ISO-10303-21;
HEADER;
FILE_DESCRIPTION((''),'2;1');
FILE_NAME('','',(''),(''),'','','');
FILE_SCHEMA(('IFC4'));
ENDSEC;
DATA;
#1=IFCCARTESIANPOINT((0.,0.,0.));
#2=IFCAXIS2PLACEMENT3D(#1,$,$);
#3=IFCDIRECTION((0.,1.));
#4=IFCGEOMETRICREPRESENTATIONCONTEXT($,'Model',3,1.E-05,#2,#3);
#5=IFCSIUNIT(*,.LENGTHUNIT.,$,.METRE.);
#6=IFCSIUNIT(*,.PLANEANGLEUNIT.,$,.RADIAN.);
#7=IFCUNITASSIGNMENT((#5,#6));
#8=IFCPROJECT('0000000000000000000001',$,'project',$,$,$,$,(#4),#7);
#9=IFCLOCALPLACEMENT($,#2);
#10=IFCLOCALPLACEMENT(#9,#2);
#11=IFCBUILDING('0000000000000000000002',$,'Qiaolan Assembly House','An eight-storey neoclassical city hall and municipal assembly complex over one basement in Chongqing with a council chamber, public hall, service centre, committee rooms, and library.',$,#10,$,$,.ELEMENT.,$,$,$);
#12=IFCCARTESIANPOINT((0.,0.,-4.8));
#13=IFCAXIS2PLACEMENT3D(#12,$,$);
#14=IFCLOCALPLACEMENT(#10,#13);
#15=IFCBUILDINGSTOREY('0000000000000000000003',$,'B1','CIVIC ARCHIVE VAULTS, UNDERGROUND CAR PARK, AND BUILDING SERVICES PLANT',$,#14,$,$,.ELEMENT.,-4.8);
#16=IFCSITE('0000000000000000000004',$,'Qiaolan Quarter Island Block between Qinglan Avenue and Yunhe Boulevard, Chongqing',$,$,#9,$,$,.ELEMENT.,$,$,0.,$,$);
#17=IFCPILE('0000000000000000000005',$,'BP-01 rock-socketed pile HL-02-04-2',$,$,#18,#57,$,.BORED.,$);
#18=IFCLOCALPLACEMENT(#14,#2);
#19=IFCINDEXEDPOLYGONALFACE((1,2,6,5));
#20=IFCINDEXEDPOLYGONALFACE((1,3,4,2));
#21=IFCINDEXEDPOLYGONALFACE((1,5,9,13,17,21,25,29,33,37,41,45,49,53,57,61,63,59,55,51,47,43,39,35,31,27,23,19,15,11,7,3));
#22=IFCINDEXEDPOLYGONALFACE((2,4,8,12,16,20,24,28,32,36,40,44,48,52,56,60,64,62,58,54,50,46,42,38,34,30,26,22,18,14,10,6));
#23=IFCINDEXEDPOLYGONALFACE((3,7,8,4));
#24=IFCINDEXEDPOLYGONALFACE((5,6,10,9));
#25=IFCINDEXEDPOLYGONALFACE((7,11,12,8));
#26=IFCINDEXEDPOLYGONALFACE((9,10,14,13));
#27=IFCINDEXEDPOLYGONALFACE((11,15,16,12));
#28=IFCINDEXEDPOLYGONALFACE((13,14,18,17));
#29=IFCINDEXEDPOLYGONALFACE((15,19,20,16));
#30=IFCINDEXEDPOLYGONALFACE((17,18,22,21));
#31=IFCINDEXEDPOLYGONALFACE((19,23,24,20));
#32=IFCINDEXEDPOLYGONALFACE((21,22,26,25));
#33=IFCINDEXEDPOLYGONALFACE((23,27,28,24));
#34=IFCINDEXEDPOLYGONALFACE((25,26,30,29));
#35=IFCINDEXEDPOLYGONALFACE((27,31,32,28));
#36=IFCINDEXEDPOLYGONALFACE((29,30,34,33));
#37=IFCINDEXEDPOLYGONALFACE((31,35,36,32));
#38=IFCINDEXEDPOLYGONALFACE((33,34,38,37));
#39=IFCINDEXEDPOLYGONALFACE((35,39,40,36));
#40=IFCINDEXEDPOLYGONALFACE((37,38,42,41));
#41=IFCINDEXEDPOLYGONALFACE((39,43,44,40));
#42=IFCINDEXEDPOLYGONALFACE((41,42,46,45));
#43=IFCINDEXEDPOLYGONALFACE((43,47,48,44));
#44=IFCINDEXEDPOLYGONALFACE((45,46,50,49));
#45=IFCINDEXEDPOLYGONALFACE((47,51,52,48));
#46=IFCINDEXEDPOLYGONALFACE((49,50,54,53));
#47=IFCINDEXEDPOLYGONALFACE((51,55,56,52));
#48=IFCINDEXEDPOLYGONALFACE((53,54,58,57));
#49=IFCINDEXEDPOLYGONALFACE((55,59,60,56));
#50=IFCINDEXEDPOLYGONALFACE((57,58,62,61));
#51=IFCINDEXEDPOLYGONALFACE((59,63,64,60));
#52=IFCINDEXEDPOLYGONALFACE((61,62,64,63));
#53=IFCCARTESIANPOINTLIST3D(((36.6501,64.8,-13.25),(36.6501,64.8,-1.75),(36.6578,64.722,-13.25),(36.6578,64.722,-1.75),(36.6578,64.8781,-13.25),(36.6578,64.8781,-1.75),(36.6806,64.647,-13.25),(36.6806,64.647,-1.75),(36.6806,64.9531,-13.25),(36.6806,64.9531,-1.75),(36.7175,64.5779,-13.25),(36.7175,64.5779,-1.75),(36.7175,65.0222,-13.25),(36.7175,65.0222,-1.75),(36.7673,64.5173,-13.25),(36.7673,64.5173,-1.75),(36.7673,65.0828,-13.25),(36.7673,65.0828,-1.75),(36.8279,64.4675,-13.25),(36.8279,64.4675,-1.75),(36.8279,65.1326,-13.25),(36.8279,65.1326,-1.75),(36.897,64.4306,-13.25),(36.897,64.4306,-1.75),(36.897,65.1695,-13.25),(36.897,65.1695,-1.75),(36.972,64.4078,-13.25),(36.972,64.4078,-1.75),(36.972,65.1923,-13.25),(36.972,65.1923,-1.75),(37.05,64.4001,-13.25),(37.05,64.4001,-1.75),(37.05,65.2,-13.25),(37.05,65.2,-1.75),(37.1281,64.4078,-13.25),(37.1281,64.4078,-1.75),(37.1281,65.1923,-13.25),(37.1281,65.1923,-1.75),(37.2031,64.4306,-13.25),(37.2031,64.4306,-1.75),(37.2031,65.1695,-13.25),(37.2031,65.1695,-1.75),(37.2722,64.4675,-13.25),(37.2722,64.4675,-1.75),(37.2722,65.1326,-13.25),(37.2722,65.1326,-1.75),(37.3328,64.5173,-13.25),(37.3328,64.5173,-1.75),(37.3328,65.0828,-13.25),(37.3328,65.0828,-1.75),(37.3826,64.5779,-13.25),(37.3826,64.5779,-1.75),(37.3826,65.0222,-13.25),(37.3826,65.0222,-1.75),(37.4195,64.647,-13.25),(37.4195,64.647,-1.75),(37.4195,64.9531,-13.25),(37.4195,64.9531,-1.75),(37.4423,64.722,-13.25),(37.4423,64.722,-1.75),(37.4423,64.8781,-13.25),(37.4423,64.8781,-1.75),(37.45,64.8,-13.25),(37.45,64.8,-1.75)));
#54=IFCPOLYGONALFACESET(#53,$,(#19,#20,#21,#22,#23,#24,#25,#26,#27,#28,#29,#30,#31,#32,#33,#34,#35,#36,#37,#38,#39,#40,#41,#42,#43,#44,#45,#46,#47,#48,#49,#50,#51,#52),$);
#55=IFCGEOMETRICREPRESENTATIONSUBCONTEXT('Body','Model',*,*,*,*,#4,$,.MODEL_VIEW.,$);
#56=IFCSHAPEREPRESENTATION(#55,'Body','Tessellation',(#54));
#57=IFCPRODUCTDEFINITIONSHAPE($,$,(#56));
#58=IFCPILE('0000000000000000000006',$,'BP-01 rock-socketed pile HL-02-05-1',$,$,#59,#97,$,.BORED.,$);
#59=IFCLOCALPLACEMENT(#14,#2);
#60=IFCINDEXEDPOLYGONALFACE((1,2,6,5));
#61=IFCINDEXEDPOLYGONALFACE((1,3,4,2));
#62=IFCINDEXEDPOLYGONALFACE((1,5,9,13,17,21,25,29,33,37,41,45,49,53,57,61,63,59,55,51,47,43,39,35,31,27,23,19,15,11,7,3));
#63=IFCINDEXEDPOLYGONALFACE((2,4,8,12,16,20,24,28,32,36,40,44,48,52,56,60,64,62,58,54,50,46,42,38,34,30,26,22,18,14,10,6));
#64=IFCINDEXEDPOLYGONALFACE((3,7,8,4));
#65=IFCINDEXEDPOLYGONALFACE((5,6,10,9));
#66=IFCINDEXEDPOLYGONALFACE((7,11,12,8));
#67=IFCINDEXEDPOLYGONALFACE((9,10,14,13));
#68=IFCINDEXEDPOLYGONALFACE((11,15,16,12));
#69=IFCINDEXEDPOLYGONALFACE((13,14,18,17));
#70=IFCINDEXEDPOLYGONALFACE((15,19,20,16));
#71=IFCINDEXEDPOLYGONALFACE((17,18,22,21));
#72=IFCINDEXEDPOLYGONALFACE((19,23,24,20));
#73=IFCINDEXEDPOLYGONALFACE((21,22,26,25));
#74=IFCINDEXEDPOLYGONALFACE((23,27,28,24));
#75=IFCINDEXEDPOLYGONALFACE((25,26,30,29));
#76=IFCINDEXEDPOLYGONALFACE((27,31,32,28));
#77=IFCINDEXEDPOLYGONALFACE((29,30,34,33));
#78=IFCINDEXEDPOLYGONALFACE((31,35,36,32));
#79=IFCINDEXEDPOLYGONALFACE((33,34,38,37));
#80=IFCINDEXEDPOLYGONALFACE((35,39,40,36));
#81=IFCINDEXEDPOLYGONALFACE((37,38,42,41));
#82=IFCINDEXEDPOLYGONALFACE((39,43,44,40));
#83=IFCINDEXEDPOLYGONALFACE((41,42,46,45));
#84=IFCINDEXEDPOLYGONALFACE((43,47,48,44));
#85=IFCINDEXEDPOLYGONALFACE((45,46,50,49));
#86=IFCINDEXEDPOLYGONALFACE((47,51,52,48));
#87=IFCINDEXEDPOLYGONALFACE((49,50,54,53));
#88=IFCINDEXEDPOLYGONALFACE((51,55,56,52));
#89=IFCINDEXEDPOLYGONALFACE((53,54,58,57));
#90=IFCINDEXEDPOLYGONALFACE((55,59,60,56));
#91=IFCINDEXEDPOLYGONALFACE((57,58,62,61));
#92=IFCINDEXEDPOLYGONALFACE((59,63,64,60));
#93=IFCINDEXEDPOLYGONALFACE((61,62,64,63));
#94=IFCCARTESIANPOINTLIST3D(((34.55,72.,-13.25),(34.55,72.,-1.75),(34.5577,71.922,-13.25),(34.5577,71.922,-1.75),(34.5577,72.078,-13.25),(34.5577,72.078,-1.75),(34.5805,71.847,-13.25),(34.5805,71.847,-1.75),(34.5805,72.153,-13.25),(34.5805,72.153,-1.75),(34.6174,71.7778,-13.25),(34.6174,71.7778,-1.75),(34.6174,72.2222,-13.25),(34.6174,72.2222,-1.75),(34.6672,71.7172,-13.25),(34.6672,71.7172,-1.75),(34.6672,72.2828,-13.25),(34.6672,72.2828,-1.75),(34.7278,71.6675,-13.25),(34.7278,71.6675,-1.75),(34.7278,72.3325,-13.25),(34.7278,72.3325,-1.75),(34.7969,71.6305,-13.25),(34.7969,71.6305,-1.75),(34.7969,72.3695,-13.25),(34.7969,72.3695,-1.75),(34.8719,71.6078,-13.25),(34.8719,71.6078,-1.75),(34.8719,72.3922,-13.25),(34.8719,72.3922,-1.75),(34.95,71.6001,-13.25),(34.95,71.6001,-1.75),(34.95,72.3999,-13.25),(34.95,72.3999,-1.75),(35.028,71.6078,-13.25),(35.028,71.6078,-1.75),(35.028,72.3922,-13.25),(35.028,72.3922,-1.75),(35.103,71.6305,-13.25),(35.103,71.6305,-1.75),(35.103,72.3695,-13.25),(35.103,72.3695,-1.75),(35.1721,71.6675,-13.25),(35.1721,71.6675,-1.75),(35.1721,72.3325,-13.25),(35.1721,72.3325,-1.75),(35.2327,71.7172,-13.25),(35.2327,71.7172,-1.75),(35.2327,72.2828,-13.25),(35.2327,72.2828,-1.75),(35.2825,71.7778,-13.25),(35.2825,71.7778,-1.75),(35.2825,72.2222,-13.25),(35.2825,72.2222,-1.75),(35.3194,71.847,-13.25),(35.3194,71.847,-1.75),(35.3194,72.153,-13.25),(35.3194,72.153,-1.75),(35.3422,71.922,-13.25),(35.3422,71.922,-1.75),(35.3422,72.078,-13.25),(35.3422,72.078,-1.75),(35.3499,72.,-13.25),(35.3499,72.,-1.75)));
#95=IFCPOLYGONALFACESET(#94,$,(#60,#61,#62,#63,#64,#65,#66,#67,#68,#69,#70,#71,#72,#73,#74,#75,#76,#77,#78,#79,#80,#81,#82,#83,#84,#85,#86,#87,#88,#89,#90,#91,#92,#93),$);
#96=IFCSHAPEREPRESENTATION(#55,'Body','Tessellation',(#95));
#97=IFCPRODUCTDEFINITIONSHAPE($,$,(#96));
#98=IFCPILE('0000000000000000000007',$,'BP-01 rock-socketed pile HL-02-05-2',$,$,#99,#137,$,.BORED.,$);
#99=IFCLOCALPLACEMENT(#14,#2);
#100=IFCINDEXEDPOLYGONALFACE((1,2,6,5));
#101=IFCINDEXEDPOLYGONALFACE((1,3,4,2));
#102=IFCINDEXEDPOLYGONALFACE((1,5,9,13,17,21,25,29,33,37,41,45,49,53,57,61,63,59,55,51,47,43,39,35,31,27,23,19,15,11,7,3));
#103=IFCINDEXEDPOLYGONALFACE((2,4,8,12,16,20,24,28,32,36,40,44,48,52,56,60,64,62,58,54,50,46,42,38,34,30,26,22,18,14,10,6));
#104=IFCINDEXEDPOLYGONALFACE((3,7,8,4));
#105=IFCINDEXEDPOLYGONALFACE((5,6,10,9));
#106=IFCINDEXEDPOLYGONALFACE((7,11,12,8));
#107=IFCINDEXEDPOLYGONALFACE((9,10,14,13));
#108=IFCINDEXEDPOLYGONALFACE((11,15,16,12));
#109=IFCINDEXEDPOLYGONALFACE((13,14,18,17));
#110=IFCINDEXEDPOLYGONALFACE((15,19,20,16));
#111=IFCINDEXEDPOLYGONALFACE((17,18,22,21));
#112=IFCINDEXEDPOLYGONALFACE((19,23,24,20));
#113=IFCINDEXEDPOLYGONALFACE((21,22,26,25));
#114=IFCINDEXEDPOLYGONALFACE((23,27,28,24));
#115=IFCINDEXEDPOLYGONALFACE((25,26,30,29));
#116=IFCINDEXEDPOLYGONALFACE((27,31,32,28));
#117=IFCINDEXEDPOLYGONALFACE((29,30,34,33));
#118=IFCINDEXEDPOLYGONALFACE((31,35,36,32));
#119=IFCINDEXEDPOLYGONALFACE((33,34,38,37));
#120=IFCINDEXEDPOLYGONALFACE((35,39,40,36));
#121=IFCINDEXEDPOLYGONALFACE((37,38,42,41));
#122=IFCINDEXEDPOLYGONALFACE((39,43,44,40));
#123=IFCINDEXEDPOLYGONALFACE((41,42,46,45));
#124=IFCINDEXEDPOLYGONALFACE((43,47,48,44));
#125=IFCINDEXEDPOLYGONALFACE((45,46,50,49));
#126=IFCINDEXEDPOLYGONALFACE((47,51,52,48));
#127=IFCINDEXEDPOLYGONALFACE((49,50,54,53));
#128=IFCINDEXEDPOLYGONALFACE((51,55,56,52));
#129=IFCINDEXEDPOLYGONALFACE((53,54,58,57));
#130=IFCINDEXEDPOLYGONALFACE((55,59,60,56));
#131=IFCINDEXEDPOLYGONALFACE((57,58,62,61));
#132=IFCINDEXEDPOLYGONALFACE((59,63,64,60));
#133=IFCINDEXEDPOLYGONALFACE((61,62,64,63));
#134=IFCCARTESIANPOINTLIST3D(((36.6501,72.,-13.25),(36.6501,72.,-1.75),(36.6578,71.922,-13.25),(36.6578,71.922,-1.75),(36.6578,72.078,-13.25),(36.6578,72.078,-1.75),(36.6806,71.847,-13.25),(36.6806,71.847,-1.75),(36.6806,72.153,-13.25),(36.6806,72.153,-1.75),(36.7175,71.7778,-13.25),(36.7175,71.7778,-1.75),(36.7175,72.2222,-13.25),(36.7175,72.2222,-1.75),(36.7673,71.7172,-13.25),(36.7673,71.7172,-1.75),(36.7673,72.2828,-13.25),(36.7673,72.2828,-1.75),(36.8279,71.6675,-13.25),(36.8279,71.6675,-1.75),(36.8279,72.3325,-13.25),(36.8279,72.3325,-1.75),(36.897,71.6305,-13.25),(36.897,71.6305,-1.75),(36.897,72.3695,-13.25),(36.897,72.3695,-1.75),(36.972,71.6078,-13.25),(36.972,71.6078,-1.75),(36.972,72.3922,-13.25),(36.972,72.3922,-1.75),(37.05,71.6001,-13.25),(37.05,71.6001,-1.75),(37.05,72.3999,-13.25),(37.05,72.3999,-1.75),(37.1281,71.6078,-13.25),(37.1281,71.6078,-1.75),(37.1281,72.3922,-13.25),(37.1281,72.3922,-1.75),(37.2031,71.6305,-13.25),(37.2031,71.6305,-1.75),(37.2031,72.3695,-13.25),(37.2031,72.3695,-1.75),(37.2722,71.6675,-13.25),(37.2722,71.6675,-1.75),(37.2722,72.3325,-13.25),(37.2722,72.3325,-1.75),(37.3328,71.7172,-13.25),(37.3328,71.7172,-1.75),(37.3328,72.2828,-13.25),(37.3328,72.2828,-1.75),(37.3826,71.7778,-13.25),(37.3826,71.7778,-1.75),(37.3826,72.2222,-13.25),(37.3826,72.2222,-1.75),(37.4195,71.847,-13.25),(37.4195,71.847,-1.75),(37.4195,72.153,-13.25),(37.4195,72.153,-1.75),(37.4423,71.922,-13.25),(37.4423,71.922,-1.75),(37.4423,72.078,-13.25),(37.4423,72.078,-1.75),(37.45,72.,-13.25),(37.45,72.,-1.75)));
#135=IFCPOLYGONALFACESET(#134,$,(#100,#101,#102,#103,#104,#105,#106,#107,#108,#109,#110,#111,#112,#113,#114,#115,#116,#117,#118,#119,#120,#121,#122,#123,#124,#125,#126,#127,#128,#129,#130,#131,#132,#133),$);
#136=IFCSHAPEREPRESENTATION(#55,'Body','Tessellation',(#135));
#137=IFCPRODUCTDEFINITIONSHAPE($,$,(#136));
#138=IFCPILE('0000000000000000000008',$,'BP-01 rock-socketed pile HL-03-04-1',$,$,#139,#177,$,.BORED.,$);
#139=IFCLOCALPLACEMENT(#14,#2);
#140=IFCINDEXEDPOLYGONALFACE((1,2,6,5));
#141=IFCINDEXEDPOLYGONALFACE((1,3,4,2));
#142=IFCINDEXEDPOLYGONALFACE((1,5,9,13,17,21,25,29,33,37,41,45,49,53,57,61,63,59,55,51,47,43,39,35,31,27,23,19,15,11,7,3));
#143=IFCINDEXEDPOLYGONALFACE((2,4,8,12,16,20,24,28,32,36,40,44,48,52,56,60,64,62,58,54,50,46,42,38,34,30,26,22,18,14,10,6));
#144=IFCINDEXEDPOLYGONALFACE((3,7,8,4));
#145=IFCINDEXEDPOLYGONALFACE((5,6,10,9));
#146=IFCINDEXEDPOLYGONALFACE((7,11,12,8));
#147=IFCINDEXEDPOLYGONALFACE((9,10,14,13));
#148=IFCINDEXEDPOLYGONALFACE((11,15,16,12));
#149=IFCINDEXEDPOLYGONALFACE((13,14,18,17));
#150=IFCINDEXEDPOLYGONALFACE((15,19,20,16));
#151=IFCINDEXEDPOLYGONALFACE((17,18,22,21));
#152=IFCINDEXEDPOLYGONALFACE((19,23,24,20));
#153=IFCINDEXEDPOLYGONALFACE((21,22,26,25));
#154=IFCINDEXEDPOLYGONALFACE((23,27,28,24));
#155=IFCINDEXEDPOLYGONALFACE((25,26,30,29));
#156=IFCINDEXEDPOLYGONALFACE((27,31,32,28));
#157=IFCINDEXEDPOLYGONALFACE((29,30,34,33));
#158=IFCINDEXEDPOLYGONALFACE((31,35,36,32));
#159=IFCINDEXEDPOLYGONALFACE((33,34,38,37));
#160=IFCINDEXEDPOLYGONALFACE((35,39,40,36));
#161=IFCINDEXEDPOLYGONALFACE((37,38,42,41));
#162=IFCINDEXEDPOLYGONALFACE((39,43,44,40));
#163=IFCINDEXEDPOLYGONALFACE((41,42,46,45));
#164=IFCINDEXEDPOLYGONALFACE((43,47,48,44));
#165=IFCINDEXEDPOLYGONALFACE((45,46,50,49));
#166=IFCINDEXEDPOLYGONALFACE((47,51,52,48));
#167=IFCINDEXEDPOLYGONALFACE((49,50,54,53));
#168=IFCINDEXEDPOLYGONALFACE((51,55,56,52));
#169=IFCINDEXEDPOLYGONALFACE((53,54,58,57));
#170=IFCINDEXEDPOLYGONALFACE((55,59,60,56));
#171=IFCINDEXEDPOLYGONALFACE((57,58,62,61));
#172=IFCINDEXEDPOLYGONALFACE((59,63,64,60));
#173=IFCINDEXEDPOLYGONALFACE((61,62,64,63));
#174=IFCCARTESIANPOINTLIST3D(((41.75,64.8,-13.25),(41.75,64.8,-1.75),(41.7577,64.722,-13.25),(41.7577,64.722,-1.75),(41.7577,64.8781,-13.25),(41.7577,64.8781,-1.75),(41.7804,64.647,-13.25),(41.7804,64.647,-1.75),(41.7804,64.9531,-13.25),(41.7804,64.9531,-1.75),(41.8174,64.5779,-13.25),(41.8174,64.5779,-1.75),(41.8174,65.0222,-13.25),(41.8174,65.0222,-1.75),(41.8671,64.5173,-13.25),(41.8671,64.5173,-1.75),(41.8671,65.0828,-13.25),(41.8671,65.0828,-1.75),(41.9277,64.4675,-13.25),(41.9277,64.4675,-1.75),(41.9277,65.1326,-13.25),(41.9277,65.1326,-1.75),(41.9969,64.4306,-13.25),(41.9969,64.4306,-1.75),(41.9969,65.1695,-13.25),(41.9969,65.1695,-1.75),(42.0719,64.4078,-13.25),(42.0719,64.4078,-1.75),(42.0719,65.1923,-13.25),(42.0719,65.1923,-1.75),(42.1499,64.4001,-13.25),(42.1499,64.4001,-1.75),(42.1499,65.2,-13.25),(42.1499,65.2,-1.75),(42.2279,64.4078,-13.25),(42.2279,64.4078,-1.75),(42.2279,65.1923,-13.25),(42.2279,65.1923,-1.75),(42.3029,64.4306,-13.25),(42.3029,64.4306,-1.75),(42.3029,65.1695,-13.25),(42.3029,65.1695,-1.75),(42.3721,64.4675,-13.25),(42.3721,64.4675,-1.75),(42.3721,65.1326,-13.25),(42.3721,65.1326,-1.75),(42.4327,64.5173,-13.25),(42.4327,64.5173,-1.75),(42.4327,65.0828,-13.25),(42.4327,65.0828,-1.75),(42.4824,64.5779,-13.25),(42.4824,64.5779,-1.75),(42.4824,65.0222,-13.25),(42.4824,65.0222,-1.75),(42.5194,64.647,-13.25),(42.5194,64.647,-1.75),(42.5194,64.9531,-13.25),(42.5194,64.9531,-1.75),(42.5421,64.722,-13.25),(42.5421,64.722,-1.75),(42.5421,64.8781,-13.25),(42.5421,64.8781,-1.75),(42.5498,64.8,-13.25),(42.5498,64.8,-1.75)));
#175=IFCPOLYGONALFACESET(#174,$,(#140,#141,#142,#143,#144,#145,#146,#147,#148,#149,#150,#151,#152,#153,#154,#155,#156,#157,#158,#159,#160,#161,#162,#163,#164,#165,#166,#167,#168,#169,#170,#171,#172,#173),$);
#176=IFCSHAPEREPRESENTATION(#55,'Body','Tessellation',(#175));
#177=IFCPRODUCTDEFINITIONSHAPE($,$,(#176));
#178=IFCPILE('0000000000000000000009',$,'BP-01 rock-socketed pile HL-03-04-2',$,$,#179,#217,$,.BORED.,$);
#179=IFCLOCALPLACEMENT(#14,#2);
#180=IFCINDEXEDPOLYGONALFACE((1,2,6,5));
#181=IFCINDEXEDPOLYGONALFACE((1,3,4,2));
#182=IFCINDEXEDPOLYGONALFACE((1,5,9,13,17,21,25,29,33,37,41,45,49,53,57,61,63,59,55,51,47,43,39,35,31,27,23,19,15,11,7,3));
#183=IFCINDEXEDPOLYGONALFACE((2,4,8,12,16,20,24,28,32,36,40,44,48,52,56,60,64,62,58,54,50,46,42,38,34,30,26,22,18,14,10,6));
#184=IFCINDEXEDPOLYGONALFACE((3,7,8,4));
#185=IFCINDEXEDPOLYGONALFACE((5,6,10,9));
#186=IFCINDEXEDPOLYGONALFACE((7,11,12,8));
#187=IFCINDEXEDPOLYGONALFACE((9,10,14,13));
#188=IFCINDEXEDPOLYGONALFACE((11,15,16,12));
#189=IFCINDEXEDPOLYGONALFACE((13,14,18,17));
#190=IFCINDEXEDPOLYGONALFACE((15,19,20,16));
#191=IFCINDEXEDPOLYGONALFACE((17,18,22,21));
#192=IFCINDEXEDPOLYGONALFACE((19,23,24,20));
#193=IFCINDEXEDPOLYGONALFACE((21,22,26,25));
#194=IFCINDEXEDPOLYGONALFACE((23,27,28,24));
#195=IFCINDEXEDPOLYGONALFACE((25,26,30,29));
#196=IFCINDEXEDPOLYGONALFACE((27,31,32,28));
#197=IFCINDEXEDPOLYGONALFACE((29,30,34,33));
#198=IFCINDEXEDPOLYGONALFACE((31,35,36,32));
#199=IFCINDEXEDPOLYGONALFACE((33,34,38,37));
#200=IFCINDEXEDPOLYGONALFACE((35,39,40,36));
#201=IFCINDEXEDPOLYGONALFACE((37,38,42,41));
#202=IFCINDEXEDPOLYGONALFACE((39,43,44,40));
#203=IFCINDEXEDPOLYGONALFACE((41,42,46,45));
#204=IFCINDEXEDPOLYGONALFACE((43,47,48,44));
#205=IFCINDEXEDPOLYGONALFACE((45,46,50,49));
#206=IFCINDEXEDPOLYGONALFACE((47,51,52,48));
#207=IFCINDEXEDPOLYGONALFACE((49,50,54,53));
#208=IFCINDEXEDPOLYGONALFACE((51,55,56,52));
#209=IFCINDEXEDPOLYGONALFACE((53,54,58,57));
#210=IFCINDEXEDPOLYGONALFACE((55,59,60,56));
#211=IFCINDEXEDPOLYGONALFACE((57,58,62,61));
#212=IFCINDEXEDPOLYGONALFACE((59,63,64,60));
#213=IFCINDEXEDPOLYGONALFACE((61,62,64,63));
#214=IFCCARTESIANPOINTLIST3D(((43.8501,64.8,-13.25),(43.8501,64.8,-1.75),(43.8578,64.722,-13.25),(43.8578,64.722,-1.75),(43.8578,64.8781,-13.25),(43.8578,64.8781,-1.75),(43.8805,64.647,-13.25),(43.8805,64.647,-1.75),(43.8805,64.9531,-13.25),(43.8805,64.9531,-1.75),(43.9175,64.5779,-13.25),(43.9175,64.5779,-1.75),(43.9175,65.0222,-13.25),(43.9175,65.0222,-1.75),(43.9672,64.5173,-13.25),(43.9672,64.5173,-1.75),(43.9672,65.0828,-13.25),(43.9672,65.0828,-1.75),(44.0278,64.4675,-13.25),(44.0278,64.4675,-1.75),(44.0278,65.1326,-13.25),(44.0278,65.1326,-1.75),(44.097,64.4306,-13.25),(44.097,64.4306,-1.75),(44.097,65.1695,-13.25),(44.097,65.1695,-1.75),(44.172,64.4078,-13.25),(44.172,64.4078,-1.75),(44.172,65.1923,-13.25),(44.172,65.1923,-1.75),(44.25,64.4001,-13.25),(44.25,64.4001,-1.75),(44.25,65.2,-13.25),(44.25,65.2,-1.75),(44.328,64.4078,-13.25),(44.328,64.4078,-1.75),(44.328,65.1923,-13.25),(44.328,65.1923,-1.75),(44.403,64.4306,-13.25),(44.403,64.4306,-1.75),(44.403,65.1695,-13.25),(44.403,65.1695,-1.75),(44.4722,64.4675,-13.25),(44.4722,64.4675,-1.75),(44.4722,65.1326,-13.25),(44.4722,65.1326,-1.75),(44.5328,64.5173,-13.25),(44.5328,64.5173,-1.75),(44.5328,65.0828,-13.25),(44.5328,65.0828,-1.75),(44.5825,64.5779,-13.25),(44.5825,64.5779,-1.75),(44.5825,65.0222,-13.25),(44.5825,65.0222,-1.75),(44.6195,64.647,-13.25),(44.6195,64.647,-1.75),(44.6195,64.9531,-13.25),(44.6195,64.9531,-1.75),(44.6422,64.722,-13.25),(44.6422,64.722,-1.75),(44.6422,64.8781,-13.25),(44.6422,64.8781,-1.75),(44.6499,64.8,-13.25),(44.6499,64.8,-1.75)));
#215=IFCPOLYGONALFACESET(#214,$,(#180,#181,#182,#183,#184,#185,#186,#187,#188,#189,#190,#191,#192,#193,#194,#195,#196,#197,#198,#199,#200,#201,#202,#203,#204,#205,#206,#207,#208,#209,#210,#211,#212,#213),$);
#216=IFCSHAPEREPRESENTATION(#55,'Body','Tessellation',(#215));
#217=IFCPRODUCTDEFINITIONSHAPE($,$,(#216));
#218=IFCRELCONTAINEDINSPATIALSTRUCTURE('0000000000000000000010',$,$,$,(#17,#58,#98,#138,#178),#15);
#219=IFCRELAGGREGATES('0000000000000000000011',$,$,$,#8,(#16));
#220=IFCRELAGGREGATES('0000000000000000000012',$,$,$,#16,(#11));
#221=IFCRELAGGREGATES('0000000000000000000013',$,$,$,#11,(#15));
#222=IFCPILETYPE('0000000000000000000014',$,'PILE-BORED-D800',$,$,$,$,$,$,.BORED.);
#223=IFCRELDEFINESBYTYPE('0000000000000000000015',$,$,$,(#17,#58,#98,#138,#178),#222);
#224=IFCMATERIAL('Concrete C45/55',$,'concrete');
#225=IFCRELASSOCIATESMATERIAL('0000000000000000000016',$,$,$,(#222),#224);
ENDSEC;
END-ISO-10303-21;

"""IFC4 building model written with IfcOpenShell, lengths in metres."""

from ifc_helpers import new_model, si_unit, direction, frame, origin, origin_2d, place, context, subcontext, project, spatial, circle, extrude, material, material_profile, profile_set, type_object, element, save


model = new_model("IFC4")

# Units and contexts
model_context = context("Model", 3, precision=1e-05, world=origin(), true_north=direction((0.0, 1.0)))
body_context = subcontext(model_context, "Body", "Model", "MODEL_VIEW")
ifc_project = project(units=[si_unit("LENGTHUNIT", "METRE"), si_unit("PLANEANGLEUNIT", "RADIAN")], contexts=[model_context])

# Site, building, storey
site_placement = place(None, origin())
site = spatial("IfcSite", under=ifc_project, at=site_placement, Name="Qiaolan Quarter Island Block between Qinglan Avenue and Yunhe Boulevard, Chongqing", CompositionType="ELEMENT", RefElevation=0.0)
building_placement = place(site_placement, origin())
building = spatial("IfcBuilding", under=site, at=building_placement, Name="Qiaolan Assembly House", Description="An eight-storey neoclassical city hall and municipal assembly complex over one basement in Chongqing with a council chamber, public hall, service centre, committee rooms, and library.", CompositionType="ELEMENT")
storey_placement = place(building_placement, frame((0.0, 0.0, -4.8)))
storey = spatial("IfcBuildingStorey", under=building, at=storey_placement, Name="B1", Description="CIVIC ARCHIVE VAULTS, UNDERGROUND CAR PARK, AND BUILDING SERVICES PLANT", CompositionType="ELEMENT", Elevation=-4.8)

# Piles
ifc_material_1 = material(Name="Concrete C45/55", Category="concrete")
ifc_material_profile_1 = material_profile(ifc_material_1, circle(Radius=0.3999, at=origin_2d()), Name="PILE D800")
ifc_profile_set_1 = profile_set([ifc_material_profile_1], Name="Concrete C45/55")
pile_type = type_object("IfcPileType", Name="PILE-BORED-D800", PredefinedType="BORED", material=ifc_profile_set_1)
for number, where, z_axis, x_axis, name in (
    (1, (37.05, 64.8, -1.75), (0.0, 0.0, -1.0), (1.0, 0.0, 0.0), "BP-01 rock-socketed pile HL-02-04-2"),
    (2, (34.95, 72.0, -1.75), (0.0, 0.0, -1.0), (1.0, 0.0, 0.0), "BP-01 rock-socketed pile HL-02-05-1"),
    (3, (37.05, 72.0, -1.75), (0.0, 0.0, -1.0), (1.0, 0.0, 0.0), "BP-01 rock-socketed pile HL-02-05-2"),
    (4, (42.1499, 64.8, -1.75), (0.0, 0.0, -1.0), (1.0, 0.0, 0.0), "BP-01 rock-socketed pile HL-03-04-1"),
    (5, (44.25, 64.8, -1.75), (0.0, 0.0, -1.0), (1.0, 0.0, 0.0), "BP-01 rock-socketed pile HL-03-04-2"),
):
    element("IfcPile", number, at=place(storey_placement, frame(where, z_axis=z_axis, x_axis=x_axis)), inside=storey, type_object=pile_type, Name=name, PredefinedType="BORED", context=body_context, shape_type="SweptSolid", body=[
        extrude(circle(Radius=0.3999, at=origin_2d()), origin(), (0.0, 0.0, 1.0), 11.5),
    ])

save(model, "model.ifc")
